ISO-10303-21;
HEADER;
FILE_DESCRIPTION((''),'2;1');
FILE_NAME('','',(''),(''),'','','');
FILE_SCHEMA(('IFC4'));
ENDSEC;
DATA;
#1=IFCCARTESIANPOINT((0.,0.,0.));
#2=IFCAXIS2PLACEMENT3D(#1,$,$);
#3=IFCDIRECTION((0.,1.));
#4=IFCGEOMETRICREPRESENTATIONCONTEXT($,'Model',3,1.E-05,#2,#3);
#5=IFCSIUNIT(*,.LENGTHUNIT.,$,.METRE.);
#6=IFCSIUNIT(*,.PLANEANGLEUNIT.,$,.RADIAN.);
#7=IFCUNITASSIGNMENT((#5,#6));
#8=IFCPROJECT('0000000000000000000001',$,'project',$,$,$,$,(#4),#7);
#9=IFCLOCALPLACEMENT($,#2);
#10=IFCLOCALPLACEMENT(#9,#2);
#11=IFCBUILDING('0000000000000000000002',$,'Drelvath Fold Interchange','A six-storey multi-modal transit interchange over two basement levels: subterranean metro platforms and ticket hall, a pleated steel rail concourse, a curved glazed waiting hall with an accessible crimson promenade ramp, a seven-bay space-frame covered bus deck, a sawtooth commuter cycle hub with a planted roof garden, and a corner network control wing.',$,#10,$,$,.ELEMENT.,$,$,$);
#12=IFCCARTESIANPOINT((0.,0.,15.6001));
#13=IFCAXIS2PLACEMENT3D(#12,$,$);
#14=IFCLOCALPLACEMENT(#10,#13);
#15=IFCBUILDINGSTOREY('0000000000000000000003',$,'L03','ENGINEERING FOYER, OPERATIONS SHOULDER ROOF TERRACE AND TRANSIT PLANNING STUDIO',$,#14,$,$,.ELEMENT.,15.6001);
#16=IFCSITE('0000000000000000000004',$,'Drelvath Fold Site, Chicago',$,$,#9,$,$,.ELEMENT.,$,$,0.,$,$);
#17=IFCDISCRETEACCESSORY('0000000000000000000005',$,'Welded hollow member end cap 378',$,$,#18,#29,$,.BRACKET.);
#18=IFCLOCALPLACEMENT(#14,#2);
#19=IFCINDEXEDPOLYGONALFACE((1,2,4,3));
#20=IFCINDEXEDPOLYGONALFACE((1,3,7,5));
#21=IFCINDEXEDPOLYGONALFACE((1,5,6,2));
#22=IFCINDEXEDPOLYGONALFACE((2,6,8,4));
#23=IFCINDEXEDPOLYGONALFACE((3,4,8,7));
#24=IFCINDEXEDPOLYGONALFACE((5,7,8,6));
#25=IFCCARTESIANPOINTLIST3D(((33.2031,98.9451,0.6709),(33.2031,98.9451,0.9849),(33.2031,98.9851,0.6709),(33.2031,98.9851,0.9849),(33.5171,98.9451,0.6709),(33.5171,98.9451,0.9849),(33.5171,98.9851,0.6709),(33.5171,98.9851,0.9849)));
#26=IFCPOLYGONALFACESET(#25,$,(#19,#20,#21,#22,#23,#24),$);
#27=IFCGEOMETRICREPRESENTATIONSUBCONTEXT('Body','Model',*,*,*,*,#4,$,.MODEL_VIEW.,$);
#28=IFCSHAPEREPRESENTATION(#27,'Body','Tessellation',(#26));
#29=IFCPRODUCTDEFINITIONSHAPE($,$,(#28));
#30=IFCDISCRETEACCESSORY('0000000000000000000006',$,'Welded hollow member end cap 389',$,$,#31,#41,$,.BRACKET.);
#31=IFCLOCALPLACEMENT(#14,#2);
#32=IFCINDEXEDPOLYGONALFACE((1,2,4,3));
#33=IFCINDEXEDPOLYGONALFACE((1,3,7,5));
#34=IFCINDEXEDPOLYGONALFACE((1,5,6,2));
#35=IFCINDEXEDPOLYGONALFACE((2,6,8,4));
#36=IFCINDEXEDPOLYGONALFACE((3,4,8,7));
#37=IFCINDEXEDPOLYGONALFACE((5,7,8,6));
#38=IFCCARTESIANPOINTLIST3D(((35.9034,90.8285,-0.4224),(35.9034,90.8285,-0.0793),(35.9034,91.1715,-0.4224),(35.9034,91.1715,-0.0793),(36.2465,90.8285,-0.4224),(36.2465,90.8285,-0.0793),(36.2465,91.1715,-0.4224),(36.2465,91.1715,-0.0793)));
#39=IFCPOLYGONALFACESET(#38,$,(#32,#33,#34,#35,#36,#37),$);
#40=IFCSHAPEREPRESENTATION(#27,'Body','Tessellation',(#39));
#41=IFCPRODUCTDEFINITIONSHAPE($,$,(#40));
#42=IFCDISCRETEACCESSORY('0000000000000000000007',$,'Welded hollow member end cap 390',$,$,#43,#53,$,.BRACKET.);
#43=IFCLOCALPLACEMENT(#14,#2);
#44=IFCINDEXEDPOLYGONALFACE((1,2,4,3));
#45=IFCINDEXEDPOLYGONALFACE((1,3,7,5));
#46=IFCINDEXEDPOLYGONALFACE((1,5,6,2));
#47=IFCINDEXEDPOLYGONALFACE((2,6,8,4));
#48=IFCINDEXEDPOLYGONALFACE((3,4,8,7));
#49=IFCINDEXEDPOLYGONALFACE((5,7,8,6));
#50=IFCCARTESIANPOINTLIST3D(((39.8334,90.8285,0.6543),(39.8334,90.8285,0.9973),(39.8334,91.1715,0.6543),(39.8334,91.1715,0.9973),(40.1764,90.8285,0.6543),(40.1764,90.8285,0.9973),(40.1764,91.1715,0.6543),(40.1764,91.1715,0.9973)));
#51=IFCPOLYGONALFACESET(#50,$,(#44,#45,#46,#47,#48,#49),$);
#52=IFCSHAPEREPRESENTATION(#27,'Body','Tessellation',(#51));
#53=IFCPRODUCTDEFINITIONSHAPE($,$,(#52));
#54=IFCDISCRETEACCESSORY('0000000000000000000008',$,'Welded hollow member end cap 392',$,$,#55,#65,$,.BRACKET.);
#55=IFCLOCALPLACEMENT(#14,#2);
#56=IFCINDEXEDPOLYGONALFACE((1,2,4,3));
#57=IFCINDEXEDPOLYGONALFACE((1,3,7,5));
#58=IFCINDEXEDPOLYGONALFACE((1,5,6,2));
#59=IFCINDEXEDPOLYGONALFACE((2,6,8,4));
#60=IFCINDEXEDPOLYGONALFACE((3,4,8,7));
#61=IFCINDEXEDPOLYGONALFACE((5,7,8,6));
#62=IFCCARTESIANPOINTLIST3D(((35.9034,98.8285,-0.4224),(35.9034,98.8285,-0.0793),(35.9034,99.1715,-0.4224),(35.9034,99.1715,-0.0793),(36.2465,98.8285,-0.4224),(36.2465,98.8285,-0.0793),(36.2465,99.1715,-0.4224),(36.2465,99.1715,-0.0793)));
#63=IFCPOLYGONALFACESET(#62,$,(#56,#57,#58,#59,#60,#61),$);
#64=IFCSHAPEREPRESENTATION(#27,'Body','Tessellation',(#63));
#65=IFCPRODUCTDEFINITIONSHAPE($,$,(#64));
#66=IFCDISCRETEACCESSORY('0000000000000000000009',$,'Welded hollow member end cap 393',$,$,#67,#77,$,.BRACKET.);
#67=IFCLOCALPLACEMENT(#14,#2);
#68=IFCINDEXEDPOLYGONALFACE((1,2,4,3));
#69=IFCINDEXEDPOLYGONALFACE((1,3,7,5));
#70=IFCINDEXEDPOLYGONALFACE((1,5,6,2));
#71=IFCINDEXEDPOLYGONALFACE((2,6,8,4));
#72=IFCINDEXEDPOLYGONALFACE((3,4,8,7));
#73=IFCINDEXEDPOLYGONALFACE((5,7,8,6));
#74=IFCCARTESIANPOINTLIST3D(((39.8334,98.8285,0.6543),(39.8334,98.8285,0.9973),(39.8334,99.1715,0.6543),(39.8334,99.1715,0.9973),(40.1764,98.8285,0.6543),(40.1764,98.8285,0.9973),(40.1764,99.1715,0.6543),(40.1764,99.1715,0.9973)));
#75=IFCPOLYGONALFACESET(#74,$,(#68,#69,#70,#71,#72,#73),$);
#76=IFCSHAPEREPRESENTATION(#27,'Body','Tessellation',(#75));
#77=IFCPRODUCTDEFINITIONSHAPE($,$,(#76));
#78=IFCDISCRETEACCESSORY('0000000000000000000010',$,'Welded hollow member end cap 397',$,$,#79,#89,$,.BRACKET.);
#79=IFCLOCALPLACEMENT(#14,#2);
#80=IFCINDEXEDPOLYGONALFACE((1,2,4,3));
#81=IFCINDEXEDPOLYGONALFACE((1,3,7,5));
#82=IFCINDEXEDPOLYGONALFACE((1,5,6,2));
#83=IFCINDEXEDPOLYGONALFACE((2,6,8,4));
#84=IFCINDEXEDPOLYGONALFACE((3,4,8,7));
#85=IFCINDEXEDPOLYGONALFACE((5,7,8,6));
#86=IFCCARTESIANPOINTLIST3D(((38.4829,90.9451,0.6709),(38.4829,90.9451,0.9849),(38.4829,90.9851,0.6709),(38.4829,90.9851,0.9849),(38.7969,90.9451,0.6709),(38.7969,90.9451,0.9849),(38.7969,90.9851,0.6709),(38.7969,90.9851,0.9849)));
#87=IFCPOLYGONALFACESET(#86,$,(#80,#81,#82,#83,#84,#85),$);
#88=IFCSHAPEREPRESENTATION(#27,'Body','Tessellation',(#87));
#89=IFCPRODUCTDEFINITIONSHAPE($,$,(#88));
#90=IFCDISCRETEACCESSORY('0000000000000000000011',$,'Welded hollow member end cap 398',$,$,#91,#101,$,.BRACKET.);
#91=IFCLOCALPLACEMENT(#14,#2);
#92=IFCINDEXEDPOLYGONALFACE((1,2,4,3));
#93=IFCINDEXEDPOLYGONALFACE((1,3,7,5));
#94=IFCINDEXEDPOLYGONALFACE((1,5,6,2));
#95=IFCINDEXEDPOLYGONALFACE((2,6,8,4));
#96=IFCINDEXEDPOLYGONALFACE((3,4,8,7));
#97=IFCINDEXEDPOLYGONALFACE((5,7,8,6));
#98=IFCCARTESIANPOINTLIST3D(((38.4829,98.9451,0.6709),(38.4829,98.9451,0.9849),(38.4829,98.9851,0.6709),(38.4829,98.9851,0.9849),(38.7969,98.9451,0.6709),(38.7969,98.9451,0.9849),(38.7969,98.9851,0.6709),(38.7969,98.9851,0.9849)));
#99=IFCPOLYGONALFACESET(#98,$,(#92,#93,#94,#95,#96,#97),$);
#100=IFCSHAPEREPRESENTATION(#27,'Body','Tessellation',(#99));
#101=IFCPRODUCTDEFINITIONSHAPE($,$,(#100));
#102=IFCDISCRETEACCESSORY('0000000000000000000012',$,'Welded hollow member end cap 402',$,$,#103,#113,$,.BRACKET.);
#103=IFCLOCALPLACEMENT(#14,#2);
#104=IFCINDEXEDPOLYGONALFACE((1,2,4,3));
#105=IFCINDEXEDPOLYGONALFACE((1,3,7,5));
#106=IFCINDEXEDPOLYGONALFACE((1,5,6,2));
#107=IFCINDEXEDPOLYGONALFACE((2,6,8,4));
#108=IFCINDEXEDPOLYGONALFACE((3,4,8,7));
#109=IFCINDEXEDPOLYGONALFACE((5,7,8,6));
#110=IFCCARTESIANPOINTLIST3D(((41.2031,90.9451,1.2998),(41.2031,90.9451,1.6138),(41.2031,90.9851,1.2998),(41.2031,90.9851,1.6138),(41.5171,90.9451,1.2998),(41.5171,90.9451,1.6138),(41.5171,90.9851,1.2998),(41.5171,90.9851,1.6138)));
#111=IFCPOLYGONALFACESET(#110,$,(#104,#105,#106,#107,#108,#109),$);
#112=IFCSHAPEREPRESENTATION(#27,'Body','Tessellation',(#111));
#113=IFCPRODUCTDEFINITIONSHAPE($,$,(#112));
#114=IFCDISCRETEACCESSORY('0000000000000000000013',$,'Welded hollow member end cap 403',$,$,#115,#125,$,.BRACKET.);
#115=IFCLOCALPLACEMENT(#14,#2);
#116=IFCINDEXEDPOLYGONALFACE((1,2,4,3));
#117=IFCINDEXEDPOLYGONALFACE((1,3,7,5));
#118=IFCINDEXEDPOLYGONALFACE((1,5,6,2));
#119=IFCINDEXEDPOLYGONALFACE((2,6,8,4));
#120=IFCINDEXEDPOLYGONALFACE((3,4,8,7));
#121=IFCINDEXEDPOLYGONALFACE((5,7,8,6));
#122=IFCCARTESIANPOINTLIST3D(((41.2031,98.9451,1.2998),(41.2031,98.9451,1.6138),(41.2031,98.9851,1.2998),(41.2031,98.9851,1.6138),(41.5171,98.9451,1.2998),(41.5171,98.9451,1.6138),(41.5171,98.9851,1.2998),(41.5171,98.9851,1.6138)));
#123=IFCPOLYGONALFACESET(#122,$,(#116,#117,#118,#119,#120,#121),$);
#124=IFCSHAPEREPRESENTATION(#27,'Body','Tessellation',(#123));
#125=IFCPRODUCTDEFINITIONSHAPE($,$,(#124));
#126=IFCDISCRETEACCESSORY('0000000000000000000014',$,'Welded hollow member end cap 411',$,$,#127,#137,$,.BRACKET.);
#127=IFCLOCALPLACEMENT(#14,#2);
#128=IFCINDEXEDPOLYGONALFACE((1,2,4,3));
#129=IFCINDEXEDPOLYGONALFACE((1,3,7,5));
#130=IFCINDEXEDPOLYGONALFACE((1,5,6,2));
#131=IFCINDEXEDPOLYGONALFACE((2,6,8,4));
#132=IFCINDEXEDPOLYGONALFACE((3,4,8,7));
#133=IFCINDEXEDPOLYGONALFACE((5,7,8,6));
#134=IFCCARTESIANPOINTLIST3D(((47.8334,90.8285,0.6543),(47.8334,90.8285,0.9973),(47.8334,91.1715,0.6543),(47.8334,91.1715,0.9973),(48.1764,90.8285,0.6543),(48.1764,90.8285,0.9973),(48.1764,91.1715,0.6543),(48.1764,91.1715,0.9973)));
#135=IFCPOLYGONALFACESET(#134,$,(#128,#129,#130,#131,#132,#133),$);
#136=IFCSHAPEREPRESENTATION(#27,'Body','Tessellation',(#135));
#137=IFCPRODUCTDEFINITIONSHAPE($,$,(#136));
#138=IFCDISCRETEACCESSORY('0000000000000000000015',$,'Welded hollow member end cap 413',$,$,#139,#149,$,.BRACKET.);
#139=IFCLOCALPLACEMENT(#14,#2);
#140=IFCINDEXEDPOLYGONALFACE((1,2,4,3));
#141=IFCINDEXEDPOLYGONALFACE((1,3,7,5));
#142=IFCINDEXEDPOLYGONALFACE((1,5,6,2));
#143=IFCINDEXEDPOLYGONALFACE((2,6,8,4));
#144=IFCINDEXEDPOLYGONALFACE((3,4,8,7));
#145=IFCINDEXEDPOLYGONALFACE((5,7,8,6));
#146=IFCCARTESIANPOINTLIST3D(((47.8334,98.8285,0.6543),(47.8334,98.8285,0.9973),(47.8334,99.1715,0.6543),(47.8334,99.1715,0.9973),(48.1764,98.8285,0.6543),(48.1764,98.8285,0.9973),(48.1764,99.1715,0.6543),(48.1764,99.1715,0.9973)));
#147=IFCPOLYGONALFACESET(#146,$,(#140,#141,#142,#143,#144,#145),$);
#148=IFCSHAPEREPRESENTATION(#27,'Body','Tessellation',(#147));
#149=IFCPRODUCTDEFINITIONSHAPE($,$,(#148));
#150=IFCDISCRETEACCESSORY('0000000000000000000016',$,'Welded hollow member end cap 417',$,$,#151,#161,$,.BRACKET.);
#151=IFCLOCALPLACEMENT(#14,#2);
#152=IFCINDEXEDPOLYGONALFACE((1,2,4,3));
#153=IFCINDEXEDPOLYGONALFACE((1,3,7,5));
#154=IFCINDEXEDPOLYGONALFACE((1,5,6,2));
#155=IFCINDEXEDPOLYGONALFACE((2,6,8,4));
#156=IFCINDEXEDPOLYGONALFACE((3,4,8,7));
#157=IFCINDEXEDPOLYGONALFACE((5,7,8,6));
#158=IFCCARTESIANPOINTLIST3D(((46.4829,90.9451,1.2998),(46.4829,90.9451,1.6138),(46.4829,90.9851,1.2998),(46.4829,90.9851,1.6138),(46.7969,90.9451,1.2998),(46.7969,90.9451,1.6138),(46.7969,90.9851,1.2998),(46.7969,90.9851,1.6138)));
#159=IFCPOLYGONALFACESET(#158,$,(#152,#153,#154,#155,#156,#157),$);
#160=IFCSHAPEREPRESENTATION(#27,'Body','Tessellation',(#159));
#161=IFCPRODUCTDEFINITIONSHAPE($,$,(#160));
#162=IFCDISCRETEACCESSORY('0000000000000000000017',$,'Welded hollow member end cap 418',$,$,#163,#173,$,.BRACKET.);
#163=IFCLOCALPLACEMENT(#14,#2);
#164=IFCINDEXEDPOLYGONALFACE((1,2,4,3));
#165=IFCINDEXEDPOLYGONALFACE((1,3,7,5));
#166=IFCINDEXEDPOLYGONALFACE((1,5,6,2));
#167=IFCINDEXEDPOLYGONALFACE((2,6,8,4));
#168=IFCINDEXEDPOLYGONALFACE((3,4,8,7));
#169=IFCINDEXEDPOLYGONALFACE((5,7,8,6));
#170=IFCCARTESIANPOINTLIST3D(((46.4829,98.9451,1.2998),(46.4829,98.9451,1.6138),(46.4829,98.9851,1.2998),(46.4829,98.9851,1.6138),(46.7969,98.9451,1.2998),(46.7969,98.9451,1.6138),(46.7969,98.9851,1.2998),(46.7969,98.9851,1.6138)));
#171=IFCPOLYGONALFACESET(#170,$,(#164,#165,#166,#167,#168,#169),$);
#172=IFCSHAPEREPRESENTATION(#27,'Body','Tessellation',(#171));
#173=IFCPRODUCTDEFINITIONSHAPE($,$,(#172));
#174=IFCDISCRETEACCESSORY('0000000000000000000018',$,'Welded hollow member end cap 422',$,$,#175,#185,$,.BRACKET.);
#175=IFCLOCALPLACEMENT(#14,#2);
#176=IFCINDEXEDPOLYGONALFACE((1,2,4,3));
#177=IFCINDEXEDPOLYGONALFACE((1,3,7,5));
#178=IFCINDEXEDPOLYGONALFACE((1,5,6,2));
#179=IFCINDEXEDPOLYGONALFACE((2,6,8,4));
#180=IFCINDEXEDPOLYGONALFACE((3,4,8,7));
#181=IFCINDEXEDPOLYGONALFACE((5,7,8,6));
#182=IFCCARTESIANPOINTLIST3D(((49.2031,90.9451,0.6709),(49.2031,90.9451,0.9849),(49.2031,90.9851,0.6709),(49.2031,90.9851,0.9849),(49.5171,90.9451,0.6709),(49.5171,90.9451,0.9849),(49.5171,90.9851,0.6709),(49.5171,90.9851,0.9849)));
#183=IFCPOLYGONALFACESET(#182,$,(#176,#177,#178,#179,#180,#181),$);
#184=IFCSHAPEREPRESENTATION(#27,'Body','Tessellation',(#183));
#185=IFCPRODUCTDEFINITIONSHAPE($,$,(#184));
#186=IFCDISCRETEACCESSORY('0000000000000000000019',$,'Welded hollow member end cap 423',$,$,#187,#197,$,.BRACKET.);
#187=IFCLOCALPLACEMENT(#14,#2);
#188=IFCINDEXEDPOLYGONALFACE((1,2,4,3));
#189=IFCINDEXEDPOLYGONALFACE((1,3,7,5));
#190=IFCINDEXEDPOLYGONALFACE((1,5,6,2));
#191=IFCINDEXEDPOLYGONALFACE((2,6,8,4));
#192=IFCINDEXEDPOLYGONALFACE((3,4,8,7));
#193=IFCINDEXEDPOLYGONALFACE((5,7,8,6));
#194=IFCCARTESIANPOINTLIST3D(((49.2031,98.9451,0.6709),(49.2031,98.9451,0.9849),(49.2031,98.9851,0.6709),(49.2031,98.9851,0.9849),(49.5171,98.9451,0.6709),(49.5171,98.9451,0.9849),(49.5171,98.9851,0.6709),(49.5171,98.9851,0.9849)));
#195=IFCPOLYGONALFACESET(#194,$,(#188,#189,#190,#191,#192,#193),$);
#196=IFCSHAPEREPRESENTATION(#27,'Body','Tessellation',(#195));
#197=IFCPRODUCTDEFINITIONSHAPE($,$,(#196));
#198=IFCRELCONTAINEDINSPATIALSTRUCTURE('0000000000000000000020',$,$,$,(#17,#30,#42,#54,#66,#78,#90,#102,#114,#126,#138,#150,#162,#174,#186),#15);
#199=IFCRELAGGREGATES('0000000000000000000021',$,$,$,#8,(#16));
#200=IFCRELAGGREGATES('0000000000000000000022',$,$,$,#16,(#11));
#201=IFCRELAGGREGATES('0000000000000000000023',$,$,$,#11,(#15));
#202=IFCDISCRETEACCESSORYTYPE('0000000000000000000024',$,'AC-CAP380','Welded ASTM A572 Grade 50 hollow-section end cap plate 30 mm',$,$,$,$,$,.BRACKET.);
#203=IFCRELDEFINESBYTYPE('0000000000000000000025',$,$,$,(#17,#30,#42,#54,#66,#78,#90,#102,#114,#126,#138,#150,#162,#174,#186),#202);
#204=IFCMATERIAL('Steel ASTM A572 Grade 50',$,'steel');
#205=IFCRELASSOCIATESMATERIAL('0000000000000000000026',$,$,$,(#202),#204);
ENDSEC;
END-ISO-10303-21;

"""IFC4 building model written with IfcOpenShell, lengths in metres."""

from ifc_helpers import new_model, si_unit, direction, frame, origin, origin_2d, place, context, subcontext, project, spatial, rectangle, extrude, material, type_object, element, save


model = new_model("IFC4")

# Units and contexts
model_context = context("Model", 3, precision=1e-05, world=origin(), true_north=direction((0.0, 1.0)))
body_context = subcontext(model_context, "Body", "Model", "MODEL_VIEW")
ifc_project = project(units=[si_unit("LENGTHUNIT", "METRE"), si_unit("PLANEANGLEUNIT", "RADIAN")], contexts=[model_context])

# Site, building, storey
site_placement = place(None, origin())
site = spatial("IfcSite", under=ifc_project, at=site_placement, Name="Drelvath Fold Site, Chicago", CompositionType="ELEMENT", RefElevation=0.0)
building_placement = place(site_placement, origin())
building = spatial("IfcBuilding", under=site, at=building_placement, Name="Drelvath Fold Interchange", Description="A six-storey multi-modal transit interchange over two basement levels: subterranean metro platforms and ticket hall, a pleated steel rail concourse, a curved glazed waiting hall with an accessible crimson promenade ramp, a seven-bay space-frame covered bus deck, a sawtooth commuter cycle hub with a planted roof garden, and a corner network control wing.", CompositionType="ELEMENT")
storey_placement = place(building_placement, frame((0.0, 0.0, 15.6001)))
storey = spatial("IfcBuildingStorey", under=building, at=storey_placement, Name="L03", Description="ENGINEERING FOYER, OPERATIONS SHOULDER ROOF TERRACE AND TRANSIT PLANNING STUDIO", CompositionType="ELEMENT", Elevation=15.6001)

# Discrete accessories
ifc_material_1 = material(Name="Steel ASTM A572 Grade 50", Category="steel")
discrete_accessory_type = type_object("IfcDiscreteAccessoryType", Name="AC-CAP380", Description="Welded ASTM A572 Grade 50 hollow-section end cap plate 30 mm", PredefinedType="BRACKET", material=ifc_material_1)
for number, where, z_axis, x_axis, name in (
    (1, (33.3601, 98.9651, 0.6709), (0.0, 0.0, 1.0), (1.0, 0.0, 0.0), "Welded hollow member end cap 378"),
):
    element("IfcDiscreteAccessory", number, at=place(storey_placement, frame(where, z_axis=z_axis, x_axis=x_axis)), inside=storey, type_object=discrete_accessory_type, Name=name, PredefinedType="BRACKET", context=body_context, shape_type="SweptSolid", body=[
        extrude(rectangle(XDim=0.314, YDim=0.04, at=origin_2d()), origin(), (0.0, 0.0, 1.0), 0.314),
    ])
for number, where, z_axis, x_axis, name in (
    (2, (36.075, 91.0, -0.4224), (0.0, 0.0, 1.0), (1.0, 0.0, 0.0), "Welded hollow member end cap 389"),
    (3, (40.0049, 91.0, 0.6543), (0.0, 0.0, 1.0), (1.0, 0.0, 0.0), "Welded hollow member end cap 390"),
    (4, (36.075, 99.0, -0.4224), (0.0, 0.0, 1.0), (1.0, 0.0, 0.0), "Welded hollow member end cap 392"),
    (5, (40.0049, 99.0, 0.6543), (0.0, 0.0, 1.0), (1.0, 0.0, 0.0), "Welded hollow member end cap 393"),
):
    element("IfcDiscreteAccessory", number, at=place(storey_placement, frame(where, z_axis=z_axis, x_axis=x_axis)), inside=storey, type_object=discrete_accessory_type, Name=name, PredefinedType="BRACKET", context=body_context, shape_type="SweptSolid", body=[
        extrude(rectangle(XDim=0.343, YDim=0.343, at=origin_2d()), origin(), (0.0, 0.0, 1.0), 0.343),
    ])
for number, where, z_axis, x_axis, name in (
    (6, (38.6399, 90.9651, 0.6709), (0.0, 0.0, 1.0), (1.0, 0.0, 0.0), "Welded hollow member end cap 397"),
    (7, (38.6399, 98.9651, 0.6709), (0.0, 0.0, 1.0), (1.0, 0.0, 0.0), "Welded hollow member end cap 398"),
    (8, (41.3601, 90.9651, 1.2998), (0.0, 0.0, 1.0), (1.0, 0.0, 0.0), "Welded hollow member end cap 402"),
    (9, (41.3601, 98.9651, 1.2998), (0.0, 0.0, 1.0), (1.0, 0.0, 0.0), "Welded hollow member end cap 403"),
):
    element("IfcDiscreteAccessory", number, at=place(storey_placement, frame(where, z_axis=z_axis, x_axis=x_axis)), inside=storey, type_object=discrete_accessory_type, Name=name, PredefinedType="BRACKET", context=body_context, shape_type="SweptSolid", body=[
        extrude(rectangle(XDim=0.314, YDim=0.04, at=origin_2d()), origin(), (0.0, 0.0, 1.0), 0.314),
    ])
for number, where, z_axis, x_axis, name in (
    (10, (48.0049, 91.0, 0.6543), (0.0, 0.0, 1.0), (1.0, 0.0, 0.0), "Welded hollow member end cap 411"),
    (11, (48.0049, 99.0, 0.6543), (0.0, 0.0, 1.0), (1.0, 0.0, 0.0), "Welded hollow member end cap 413"),
):
    element("IfcDiscreteAccessory", number, at=place(storey_placement, frame(where, z_axis=z_axis, x_axis=x_axis)), inside=storey, type_object=discrete_accessory_type, Name=name, PredefinedType="BRACKET", context=body_context, shape_type="SweptSolid", body=[
        extrude(rectangle(XDim=0.343, YDim=0.343, at=origin_2d()), origin(), (0.0, 0.0, 1.0), 0.343),
    ])
for number, where, z_axis, x_axis, name in (
    (12, (46.6399, 90.9651, 1.2998), (0.0, 0.0, 1.0), (1.0, 0.0, 0.0), "Welded hollow member end cap 417"),
    (13, (46.6399, 98.9651, 1.2998), (0.0, 0.0, 1.0), (1.0, 0.0, 0.0), "Welded hollow member end cap 418"),
    (14, (49.3601, 90.9651, 0.6709), (0.0, 0.0, 1.0), (1.0, 0.0, 0.0), "Welded hollow member end cap 422"),
    (15, (49.3601, 98.9651, 0.6709), (0.0, 0.0, 1.0), (1.0, 0.0, 0.0), "Welded hollow member end cap 423"),
):
    element("IfcDiscreteAccessory", number, at=place(storey_placement, frame(where, z_axis=z_axis, x_axis=x_axis)), inside=storey, type_object=discrete_accessory_type, Name=name, PredefinedType="BRACKET", context=body_context, shape_type="SweptSolid", body=[
        extrude(rectangle(XDim=0.314, YDim=0.04, at=origin_2d()), origin(), (0.0, 0.0, 1.0), 0.314),
    ])

save(model, "model.ifc")
